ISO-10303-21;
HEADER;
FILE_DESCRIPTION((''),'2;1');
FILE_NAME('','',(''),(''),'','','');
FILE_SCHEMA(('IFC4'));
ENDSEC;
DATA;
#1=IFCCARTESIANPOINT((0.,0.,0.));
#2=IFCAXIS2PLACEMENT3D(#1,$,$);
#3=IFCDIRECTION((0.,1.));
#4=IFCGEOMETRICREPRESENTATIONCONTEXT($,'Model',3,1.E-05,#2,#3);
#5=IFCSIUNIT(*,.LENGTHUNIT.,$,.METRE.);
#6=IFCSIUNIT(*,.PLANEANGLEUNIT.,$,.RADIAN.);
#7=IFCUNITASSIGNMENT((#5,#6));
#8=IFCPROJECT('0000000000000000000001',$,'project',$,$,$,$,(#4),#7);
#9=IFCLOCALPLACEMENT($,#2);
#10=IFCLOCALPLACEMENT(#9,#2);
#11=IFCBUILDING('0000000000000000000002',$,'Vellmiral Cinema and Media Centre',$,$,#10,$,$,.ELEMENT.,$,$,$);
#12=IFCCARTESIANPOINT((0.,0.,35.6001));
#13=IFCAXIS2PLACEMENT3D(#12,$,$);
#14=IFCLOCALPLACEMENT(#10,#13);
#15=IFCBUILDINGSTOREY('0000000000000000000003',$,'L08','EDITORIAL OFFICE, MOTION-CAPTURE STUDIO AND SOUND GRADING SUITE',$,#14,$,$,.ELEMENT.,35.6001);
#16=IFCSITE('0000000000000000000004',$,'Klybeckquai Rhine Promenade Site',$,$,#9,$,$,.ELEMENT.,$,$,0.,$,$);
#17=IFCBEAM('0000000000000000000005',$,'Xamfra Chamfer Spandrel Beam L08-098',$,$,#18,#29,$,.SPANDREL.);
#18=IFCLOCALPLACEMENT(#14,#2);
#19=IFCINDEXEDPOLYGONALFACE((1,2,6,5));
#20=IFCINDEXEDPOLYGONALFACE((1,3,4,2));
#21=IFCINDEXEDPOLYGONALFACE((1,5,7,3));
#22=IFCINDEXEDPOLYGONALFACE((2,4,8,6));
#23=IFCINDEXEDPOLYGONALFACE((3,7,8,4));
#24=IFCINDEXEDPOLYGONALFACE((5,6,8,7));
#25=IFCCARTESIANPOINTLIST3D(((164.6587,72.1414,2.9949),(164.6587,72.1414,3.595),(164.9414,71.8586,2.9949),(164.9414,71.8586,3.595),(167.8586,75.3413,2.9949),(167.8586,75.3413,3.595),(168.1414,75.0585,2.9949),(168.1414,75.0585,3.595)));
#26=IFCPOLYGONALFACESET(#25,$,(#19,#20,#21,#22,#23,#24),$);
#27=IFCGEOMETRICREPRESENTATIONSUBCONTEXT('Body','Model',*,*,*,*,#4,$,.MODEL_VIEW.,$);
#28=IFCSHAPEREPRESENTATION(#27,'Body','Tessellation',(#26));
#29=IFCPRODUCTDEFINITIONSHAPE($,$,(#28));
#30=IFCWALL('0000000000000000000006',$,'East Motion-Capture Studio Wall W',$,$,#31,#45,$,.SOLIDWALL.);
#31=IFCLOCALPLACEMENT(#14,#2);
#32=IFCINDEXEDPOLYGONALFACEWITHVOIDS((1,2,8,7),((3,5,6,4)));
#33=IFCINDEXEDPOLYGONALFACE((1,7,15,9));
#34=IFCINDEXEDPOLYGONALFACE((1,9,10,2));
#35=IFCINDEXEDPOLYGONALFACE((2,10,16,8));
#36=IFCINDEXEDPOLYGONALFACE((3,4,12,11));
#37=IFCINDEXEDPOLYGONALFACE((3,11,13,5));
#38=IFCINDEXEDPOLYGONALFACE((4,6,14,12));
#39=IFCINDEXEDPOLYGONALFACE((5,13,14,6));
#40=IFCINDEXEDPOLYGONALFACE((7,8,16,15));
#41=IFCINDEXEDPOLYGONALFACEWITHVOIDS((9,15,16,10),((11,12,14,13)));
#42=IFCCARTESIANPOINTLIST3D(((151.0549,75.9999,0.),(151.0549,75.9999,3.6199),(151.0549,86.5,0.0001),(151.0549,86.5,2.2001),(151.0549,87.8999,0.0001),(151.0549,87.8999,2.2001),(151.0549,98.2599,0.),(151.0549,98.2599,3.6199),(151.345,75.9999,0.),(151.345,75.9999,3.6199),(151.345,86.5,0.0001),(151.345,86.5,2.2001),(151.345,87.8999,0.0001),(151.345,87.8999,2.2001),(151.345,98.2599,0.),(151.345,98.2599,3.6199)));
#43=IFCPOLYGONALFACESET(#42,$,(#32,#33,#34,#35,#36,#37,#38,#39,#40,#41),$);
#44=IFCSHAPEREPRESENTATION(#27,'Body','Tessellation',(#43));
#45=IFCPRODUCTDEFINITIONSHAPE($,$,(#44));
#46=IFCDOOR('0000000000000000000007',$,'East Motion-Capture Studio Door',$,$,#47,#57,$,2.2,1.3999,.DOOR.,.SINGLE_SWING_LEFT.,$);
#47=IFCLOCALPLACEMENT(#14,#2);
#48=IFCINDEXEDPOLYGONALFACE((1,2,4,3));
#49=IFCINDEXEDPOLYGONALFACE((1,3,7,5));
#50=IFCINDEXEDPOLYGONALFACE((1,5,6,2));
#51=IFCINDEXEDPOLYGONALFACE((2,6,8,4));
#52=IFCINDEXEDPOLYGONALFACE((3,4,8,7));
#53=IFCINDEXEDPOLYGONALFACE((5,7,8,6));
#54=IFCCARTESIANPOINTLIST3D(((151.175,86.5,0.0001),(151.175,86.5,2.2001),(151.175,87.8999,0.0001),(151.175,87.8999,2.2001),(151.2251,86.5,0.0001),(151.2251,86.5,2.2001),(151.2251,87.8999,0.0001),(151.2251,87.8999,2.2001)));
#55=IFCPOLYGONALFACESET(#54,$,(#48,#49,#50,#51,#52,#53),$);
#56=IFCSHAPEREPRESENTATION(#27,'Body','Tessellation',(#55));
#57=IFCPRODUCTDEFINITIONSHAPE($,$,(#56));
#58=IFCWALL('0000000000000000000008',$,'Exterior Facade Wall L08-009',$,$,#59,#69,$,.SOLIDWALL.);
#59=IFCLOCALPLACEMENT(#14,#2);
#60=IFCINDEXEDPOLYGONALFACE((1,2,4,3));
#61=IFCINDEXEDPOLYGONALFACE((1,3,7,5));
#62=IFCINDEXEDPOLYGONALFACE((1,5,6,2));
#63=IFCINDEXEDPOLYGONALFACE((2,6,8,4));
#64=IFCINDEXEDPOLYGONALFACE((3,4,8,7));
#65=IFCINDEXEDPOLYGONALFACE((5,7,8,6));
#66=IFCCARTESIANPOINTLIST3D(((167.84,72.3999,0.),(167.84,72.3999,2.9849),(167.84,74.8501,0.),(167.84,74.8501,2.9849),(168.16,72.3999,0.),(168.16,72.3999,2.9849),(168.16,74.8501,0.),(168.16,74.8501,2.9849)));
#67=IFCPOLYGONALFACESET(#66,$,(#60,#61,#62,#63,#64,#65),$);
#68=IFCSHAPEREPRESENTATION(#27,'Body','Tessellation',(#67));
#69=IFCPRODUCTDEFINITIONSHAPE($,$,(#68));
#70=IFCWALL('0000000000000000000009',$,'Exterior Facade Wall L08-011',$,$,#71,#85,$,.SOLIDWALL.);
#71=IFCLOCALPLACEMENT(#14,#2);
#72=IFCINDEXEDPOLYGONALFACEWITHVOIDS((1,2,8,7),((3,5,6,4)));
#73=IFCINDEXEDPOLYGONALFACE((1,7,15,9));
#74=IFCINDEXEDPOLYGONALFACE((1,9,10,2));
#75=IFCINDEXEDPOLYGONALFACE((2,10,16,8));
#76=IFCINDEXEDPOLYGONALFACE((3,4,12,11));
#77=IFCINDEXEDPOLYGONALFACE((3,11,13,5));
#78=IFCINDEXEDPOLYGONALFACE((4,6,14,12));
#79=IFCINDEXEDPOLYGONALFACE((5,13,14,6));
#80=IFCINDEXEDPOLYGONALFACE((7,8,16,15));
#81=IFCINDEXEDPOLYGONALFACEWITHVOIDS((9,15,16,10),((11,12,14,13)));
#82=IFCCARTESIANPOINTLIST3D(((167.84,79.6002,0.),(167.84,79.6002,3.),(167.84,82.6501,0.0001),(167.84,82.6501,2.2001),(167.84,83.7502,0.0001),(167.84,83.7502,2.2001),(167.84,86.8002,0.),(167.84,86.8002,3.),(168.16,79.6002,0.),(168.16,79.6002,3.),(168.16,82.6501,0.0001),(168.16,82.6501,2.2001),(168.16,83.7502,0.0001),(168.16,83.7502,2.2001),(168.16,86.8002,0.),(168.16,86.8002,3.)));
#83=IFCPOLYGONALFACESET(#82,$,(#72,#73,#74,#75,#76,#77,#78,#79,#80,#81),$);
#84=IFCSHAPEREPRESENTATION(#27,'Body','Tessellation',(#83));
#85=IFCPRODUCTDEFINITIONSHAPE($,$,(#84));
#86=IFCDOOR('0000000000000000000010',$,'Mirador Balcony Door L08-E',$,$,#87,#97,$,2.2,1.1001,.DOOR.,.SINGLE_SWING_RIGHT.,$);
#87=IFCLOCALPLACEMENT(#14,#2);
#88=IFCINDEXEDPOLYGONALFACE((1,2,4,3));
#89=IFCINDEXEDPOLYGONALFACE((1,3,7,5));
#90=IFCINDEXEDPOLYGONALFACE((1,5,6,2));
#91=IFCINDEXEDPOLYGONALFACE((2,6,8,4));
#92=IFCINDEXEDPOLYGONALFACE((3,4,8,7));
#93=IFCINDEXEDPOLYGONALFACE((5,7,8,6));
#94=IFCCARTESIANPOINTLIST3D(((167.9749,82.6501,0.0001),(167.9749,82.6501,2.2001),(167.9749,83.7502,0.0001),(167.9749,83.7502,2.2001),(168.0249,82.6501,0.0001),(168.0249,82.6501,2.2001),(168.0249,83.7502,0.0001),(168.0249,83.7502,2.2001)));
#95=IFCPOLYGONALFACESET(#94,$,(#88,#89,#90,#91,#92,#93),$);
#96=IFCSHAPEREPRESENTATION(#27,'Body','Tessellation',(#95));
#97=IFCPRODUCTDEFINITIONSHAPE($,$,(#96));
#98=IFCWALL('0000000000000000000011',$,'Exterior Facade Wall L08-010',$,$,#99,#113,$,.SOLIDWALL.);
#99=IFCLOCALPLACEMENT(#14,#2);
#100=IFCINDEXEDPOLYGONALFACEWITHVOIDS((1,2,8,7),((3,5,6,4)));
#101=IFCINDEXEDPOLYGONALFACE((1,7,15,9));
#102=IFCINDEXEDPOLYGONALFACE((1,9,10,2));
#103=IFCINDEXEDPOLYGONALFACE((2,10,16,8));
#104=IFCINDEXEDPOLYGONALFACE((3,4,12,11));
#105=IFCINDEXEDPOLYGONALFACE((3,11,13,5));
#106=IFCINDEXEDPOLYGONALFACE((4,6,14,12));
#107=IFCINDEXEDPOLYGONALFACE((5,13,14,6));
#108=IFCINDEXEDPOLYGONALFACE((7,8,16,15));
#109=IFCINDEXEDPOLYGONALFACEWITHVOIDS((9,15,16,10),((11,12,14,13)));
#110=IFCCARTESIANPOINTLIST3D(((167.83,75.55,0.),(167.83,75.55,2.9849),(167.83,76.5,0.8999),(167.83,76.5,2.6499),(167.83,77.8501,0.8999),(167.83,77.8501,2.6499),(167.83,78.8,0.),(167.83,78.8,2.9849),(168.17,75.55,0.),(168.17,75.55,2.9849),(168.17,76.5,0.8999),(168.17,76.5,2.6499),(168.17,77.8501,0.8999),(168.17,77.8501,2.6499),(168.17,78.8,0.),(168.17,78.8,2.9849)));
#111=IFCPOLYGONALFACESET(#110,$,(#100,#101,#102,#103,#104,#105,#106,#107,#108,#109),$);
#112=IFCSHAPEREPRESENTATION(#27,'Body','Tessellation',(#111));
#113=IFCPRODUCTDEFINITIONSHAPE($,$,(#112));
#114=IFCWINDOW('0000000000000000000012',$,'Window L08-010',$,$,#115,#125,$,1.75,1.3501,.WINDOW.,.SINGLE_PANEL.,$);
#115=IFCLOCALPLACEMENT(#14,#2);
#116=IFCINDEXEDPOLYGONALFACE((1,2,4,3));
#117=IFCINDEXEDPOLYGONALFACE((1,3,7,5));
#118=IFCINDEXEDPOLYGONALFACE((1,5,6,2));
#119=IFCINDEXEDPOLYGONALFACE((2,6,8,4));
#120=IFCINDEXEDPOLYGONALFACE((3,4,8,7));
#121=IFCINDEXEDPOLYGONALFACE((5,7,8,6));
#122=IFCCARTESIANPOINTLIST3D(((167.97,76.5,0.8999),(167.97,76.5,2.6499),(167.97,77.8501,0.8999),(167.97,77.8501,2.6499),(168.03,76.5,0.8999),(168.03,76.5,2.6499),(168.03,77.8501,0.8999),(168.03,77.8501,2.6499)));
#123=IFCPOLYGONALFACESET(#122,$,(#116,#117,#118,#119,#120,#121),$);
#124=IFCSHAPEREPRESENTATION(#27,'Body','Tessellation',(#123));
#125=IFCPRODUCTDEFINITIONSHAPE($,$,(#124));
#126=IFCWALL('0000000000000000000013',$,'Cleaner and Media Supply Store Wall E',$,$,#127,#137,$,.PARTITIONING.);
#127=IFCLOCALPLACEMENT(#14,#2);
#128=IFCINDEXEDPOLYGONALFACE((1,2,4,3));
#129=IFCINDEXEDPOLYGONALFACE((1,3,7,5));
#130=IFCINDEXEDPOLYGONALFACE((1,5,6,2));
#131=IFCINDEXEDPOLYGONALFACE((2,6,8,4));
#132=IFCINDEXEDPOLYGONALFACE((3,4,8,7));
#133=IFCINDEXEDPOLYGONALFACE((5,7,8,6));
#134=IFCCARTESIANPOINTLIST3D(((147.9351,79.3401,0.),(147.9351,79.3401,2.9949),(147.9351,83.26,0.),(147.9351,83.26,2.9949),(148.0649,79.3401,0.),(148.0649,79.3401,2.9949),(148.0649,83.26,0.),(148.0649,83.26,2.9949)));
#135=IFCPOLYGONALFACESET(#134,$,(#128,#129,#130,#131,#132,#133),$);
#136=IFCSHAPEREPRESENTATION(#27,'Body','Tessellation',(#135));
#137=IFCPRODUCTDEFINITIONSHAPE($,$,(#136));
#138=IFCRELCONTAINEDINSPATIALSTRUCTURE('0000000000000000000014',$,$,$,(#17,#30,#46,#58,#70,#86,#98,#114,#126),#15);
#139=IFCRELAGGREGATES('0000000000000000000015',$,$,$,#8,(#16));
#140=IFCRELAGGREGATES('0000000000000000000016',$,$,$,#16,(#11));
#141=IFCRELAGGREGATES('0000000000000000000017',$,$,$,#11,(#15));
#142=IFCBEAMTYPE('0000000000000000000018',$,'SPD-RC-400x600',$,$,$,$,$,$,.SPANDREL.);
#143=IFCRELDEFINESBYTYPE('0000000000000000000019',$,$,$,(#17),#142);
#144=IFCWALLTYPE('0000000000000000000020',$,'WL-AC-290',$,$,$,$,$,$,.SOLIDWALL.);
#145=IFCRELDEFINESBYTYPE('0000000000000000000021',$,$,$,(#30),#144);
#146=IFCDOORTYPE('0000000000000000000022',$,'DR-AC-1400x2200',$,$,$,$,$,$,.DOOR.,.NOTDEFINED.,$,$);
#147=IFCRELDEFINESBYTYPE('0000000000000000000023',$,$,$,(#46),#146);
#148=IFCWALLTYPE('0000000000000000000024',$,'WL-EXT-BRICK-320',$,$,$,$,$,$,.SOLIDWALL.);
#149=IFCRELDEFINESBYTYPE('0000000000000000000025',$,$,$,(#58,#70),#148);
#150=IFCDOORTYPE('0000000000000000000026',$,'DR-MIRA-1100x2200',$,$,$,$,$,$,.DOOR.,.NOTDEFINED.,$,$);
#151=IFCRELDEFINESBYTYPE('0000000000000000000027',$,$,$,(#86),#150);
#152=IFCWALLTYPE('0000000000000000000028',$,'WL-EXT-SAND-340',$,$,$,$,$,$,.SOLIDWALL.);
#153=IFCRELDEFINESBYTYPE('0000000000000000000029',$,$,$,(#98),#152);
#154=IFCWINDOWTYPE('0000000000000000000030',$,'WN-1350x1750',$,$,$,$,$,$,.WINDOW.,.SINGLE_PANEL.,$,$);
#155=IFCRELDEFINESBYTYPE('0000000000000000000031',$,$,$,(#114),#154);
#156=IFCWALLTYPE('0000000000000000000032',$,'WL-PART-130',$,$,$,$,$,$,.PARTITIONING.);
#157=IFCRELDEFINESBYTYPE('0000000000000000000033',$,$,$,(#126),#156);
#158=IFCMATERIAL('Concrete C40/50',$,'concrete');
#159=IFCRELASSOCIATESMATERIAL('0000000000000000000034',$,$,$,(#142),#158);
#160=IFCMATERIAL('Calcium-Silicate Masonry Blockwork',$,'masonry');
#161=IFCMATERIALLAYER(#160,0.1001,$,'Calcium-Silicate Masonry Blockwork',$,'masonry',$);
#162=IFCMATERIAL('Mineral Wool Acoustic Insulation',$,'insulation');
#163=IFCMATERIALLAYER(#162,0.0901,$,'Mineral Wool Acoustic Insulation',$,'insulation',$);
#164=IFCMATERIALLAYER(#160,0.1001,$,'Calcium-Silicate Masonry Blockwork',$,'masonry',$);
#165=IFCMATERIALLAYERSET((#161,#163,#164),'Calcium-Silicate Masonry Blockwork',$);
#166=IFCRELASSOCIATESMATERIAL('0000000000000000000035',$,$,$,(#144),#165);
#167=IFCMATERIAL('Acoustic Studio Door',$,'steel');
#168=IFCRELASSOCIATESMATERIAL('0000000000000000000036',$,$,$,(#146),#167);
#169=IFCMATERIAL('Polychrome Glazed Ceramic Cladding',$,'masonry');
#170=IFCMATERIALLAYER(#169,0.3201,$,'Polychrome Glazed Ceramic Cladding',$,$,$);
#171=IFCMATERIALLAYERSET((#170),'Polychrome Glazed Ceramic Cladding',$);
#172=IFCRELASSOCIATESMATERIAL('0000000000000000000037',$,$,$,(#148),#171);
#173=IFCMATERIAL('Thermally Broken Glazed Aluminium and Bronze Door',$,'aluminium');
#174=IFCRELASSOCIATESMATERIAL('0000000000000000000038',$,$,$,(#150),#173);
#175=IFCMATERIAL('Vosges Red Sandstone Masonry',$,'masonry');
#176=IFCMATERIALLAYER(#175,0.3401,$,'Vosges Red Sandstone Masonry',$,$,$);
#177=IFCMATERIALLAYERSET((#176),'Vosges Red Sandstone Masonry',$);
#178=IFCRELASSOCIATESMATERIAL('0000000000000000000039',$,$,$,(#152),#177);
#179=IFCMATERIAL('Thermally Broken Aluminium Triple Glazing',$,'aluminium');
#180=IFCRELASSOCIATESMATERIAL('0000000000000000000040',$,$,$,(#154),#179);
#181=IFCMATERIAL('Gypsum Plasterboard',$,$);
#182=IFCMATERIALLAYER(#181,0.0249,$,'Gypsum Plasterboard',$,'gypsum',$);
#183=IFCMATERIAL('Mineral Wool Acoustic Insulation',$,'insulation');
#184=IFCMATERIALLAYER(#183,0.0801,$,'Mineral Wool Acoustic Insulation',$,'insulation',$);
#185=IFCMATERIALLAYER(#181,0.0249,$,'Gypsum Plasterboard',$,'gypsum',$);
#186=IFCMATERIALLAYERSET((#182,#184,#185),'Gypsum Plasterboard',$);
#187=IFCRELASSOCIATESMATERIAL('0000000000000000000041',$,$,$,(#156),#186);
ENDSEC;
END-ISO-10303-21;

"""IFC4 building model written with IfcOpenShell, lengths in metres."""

from ifc_helpers import new_model, si_unit, direction, frame, frame_2d, origin, origin_2d, place, context, subcontext, project, spatial, rectangle, extrude, material, layer, layer_set, material_profile, profile_set, type_object, element, fill, save


model = new_model("IFC4")

# Units and contexts
model_context = context("Model", 3, precision=1e-05, world=origin(), true_north=direction((0.0, 1.0)))
body_context = subcontext(model_context, "Body", "Model", "MODEL_VIEW")
ifc_project = project(units=[si_unit("LENGTHUNIT", "METRE"), si_unit("PLANEANGLEUNIT", "RADIAN")], contexts=[model_context])

# Site, building, storey
site_placement = place(None, origin())
site = spatial("IfcSite", under=ifc_project, at=site_placement, Name="Klybeckquai Rhine Promenade Site", CompositionType="ELEMENT", RefElevation=0.0)
building_placement = place(site_placement, origin())
building = spatial("IfcBuilding", under=site, at=building_placement, Name="Vellmiral Cinema and Media Centre", CompositionType="ELEMENT")
storey_placement = place(building_placement, frame((0.0, 0.0, 35.6001)))
storey = spatial("IfcBuildingStorey", under=building, at=storey_placement, Name="L08", Description="EDITORIAL OFFICE, MOTION-CAPTURE STUDIO AND SOUND GRADING SUITE", CompositionType="ELEMENT", Elevation=35.6001)

# Beam
ifc_material_1 = material(Name="Concrete C40/50", Category="concrete")
ifc_material_profile_1 = material_profile(ifc_material_1, rectangle(XDim=0.3999, YDim=0.6001, at=origin_2d()), Name="RC 400x600")
ifc_profile_set_1 = profile_set([ifc_material_profile_1], Name="Concrete C40/50")
beam_type_1 = type_object("IfcBeamType", Name="SPD-RC-400x600", PredefinedType="SPANDREL", material=ifc_profile_set_1)
beam_1_placement = place(storey_placement, frame((164.8, 72.0, 3.2949), z_axis=(0.707107, 0.707107, 0.0), x_axis=(-0.707107, 0.707107, 0.0)))
element("IfcBeam", 1, at=beam_1_placement, inside=storey, type_object=beam_type_1, Name="Xamfra Chamfer Spandrel Beam L08-098", PredefinedType="SPANDREL", context=body_context, shape_type="SweptSolid", body=[
    extrude(rectangle(XDim=0.3999, YDim=0.6001, at=origin_2d()), origin(), (0.0, 0.0, 1.0), 4.5254),
])

# Wall, opening, door
ifc_material_2 = material(Name="Calcium-Silicate Masonry Blockwork", Category="masonry")
ifc_layer_1 = layer(ifc_material_2, 0.1001, Name="Calcium-Silicate Masonry Blockwork", Category="masonry")
ifc_material_3 = material(Name="Mineral Wool Acoustic Insulation", Category="insulation")
ifc_layer_2 = layer(ifc_material_3, 0.0901, Name="Mineral Wool Acoustic Insulation", Category="insulation")
ifc_layer_3 = layer(ifc_material_2, 0.1001, Name="Calcium-Silicate Masonry Blockwork", Category="masonry")
ifc_layer_set_1 = layer_set([ifc_layer_1, ifc_layer_2, ifc_layer_3], Name="Calcium-Silicate Masonry Blockwork")
wall_type_1 = type_object("IfcWallType", Name="WL-AC-290", PredefinedType="SOLIDWALL", material=ifc_layer_set_1)
wall_1_placement = place(storey_placement, frame((151.2, 76.0, 0.0), z_axis=(0.0, 0.0, 1.0), x_axis=(0.0, 1.0, 0.0)))
wall_1 = element("IfcWall", 2, at=wall_1_placement, inside=storey, type_object=wall_type_1, Name="East Motion-Capture Studio Wall W", PredefinedType="SOLIDWALL", context=body_context, shape_type="SweptSolid", body=[
    extrude(rectangle(XDim=22.26, YDim=0.29, at=frame_2d((11.1299, 0.0))), origin(), (0.0, 0.0, 1.0), 3.6199),
])
opening_1_placement = place(wall_1_placement, frame((10.5, 0.0, 0.0)))
opening_1 = element("IfcOpeningElement", 3, at=opening_1_placement, cuts=wall_1, PredefinedType="OPENING", context=body_context, shape_type="SweptSolid", body=[
    extrude(rectangle(XDim=1.3999, YDim=2.2, at=frame_2d((0.7, 1.1001))), frame((0.0, 0.157, 0.0), z_axis=(0.0, -1.0, 0.0), x_axis=(1.0, 0.0, 0.0)), (0.0, 0.0, 1.0), 0.314),
])
ifc_material_4 = material(Name="Acoustic Studio Door", Category="steel")
door_type_1 = type_object("IfcDoorType", Name="DR-AC-1400x2200", OperationType="NOTDEFINED", PredefinedType="DOOR", material=ifc_material_4)
door_1_placement = place(opening_1_placement, origin())
door_1 = element("IfcDoor", 4, at=door_1_placement, inside=storey, type_object=door_type_1, Name="East Motion-Capture Studio Door", OperationType="SINGLE_SWING_LEFT", OverallHeight=2.2, OverallWidth=1.3999, PredefinedType="DOOR", context=body_context, shape_type="SweptSolid", body=[
    extrude(rectangle(XDim=1.3999, YDim=2.2, at=frame_2d((0.7, 1.1001))), frame((0.0, 0.0249, 0.0), z_axis=(0.0, -1.0, 0.0), x_axis=(1.0, 0.0, 0.0)), (0.0, 0.0, 1.0), 0.05),
])
fill(opening_1, door_1)

# Wall
ifc_material_5 = material(Name="Polychrome Glazed Ceramic Cladding", Category="masonry")
ifc_layer_4 = layer(ifc_material_5, 0.3201, Name="Polychrome Glazed Ceramic Cladding")
ifc_layer_set_2 = layer_set([ifc_layer_4], Name="Polychrome Glazed Ceramic Cladding")
wall_type_2 = type_object("IfcWallType", Name="WL-EXT-BRICK-320", PredefinedType="SOLIDWALL", material=ifc_layer_set_2)
wall_2_placement = place(storey_placement, frame((168.0, 72.3999, 0.0), z_axis=(0.0, 0.0, 1.0), x_axis=(0.0, 1.0, 0.0)))
element("IfcWall", 5, at=wall_2_placement, inside=storey, type_object=wall_type_2, Name="Exterior Facade Wall L08-009", PredefinedType="SOLIDWALL", context=body_context, shape_type="SweptSolid", body=[
    extrude(rectangle(XDim=2.4502, YDim=0.3201, at=frame_2d((1.2251, 0.0))), origin(), (0.0, 0.0, 1.0), 2.9849),
])

# Wall, opening, door
wall_3_placement = place(storey_placement, frame((168.0, 79.6001, 0.0), z_axis=(0.0, 0.0, 1.0), x_axis=(0.0, 1.0, 0.0)))
wall_3 = element("IfcWall", 6, at=wall_3_placement, inside=storey, type_object=wall_type_2, Name="Exterior Facade Wall L08-011", PredefinedType="SOLIDWALL", context=body_context, shape_type="SweptSolid", body=[
    extrude(rectangle(XDim=7.2, YDim=0.3201, at=frame_2d((3.6001, 0.0))), origin(), (0.0, 0.0, 1.0), 3.0),
])
opening_2_placement = place(wall_3_placement, frame((3.05, 0.0, 0.0)))
opening_2 = element("IfcOpeningElement", 7, at=opening_2_placement, cuts=wall_3, PredefinedType="OPENING", context=body_context, shape_type="SweptSolid", body=[
    extrude(rectangle(XDim=1.1001, YDim=2.2, at=frame_2d((0.55, 1.1001))), frame((0.0, 0.1719, 0.0), z_axis=(0.0, -1.0, 0.0), x_axis=(1.0, 0.0, 0.0)), (0.0, 0.0, 1.0), 0.344),
])
ifc_material_6 = material(Name="Thermally Broken Glazed Aluminium and Bronze Door", Category="aluminium")
door_type_2 = type_object("IfcDoorType", Name="DR-MIRA-1100x2200", OperationType="NOTDEFINED", PredefinedType="DOOR", material=ifc_material_6)
door_2_placement = place(opening_2_placement, frame((1.1001, 0.0, 0.0), z_axis=(0.0, 0.0, 1.0), x_axis=(-1.0, 0.0, 0.0)))
door_2 = element("IfcDoor", 8, at=door_2_placement, inside=storey, type_object=door_type_2, Name="Mirador Balcony Door L08-E", OperationType="SINGLE_SWING_RIGHT", OverallHeight=2.2, OverallWidth=1.1001, PredefinedType="DOOR", context=body_context, shape_type="SweptSolid", body=[
    extrude(rectangle(XDim=1.1001, YDim=2.2, at=frame_2d((0.55, 1.1001))), frame((0.0, 0.0249, 0.0), z_axis=(0.0, -1.0, 0.0), x_axis=(1.0, 0.0, 0.0)), (0.0, 0.0, 1.0), 0.05),
])
fill(opening_2, door_2)

# Wall, opening, window
ifc_material_7 = material(Name="Vosges Red Sandstone Masonry", Category="masonry")
ifc_layer_5 = layer(ifc_material_7, 0.3401, Name="Vosges Red Sandstone Masonry")
ifc_layer_set_3 = layer_set([ifc_layer_5], Name="Vosges Red Sandstone Masonry")
wall_type_3 = type_object("IfcWallType", Name="WL-EXT-SAND-340", PredefinedType="SOLIDWALL", material=ifc_layer_set_3)
wall_4_placement = place(storey_placement, frame((168.0, 75.55, 0.0), z_axis=(0.0, 0.0, 1.0), x_axis=(0.0, 1.0, 0.0)))
wall_4 = element("IfcWall", 9, at=wall_4_placement, inside=storey, type_object=wall_type_3, Name="Exterior Facade Wall L08-010", PredefinedType="SOLIDWALL", context=body_context, shape_type="SweptSolid", body=[
    extrude(rectangle(XDim=3.25, YDim=0.3401, at=frame_2d((1.625, 0.0))), origin(), (0.0, 0.0, 1.0), 2.9849),
])
opening_3_placement = place(wall_4_placement, frame((0.95, 0.0, 0.8999)))
opening_3 = element("IfcOpeningElement", 10, at=opening_3_placement, cuts=wall_4, PredefinedType="OPENING", context=body_context, shape_type="SweptSolid", body=[
    extrude(rectangle(XDim=1.3501, YDim=1.75, at=frame_2d((0.675, 0.875))), frame((0.0, 0.1821, 0.0), z_axis=(0.0, -1.0, 0.0), x_axis=(1.0, 0.0, 0.0)), (0.0, 0.0, 1.0), 0.364),
])
ifc_material_8 = material(Name="Thermally Broken Aluminium Triple Glazing", Category="aluminium")
window_type = type_object("IfcWindowType", Name="WN-1350x1750", PartitioningType="SINGLE_PANEL", PredefinedType="WINDOW", material=ifc_material_8)
window_placement = place(opening_3_placement, origin())
window = element("IfcWindow", 11, at=window_placement, inside=storey, type_object=window_type, Name="Window L08-010", OverallHeight=1.75, OverallWidth=1.3501, PartitioningType="SINGLE_PANEL", PredefinedType="WINDOW", context=body_context, shape_type="SweptSolid", body=[
    extrude(rectangle(XDim=1.3501, YDim=1.75, at=frame_2d((0.675, 0.875))), frame((0.0, 0.03, 0.0), z_axis=(0.0, -1.0, 0.0), x_axis=(1.0, 0.0, 0.0)), (0.0, 0.0, 1.0), 0.0601),
])
fill(opening_3, window)

# Wall
ifc_material_9 = material(Name="Gypsum Plasterboard")
ifc_layer_6 = layer(ifc_material_9, 0.0249, Name="Gypsum Plasterboard", Category="gypsum")
ifc_material_10 = material(Name="Mineral Wool Acoustic Insulation", Category="insulation")
ifc_layer_7 = layer(ifc_material_10, 0.0801, Name="Mineral Wool Acoustic Insulation", Category="insulation")
ifc_layer_8 = layer(ifc_material_9, 0.0249, Name="Gypsum Plasterboard", Category="gypsum")
ifc_layer_set_4 = layer_set([ifc_layer_6, ifc_layer_7, ifc_layer_8], Name="Gypsum Plasterboard")
wall_type_4 = type_object("IfcWallType", Name="WL-PART-130", PredefinedType="PARTITIONING", material=ifc_layer_set_4)
wall_5_placement = place(storey_placement, frame((148.0, 79.3401, 0.0), z_axis=(0.0, 0.0, 1.0), x_axis=(0.0, 1.0, 0.0)))
element("IfcWall", 12, at=wall_5_placement, inside=storey, type_object=wall_type_4, Name="Cleaner and Media Supply Store Wall E", PredefinedType="PARTITIONING", context=body_context, shape_type="SweptSolid", body=[
    extrude(rectangle(XDim=3.9199, YDim=0.1299, at=frame_2d((1.96, 0.0))), origin(), (0.0, 0.0, 1.0), 2.9949),
])

save(model, "model.ifc")
